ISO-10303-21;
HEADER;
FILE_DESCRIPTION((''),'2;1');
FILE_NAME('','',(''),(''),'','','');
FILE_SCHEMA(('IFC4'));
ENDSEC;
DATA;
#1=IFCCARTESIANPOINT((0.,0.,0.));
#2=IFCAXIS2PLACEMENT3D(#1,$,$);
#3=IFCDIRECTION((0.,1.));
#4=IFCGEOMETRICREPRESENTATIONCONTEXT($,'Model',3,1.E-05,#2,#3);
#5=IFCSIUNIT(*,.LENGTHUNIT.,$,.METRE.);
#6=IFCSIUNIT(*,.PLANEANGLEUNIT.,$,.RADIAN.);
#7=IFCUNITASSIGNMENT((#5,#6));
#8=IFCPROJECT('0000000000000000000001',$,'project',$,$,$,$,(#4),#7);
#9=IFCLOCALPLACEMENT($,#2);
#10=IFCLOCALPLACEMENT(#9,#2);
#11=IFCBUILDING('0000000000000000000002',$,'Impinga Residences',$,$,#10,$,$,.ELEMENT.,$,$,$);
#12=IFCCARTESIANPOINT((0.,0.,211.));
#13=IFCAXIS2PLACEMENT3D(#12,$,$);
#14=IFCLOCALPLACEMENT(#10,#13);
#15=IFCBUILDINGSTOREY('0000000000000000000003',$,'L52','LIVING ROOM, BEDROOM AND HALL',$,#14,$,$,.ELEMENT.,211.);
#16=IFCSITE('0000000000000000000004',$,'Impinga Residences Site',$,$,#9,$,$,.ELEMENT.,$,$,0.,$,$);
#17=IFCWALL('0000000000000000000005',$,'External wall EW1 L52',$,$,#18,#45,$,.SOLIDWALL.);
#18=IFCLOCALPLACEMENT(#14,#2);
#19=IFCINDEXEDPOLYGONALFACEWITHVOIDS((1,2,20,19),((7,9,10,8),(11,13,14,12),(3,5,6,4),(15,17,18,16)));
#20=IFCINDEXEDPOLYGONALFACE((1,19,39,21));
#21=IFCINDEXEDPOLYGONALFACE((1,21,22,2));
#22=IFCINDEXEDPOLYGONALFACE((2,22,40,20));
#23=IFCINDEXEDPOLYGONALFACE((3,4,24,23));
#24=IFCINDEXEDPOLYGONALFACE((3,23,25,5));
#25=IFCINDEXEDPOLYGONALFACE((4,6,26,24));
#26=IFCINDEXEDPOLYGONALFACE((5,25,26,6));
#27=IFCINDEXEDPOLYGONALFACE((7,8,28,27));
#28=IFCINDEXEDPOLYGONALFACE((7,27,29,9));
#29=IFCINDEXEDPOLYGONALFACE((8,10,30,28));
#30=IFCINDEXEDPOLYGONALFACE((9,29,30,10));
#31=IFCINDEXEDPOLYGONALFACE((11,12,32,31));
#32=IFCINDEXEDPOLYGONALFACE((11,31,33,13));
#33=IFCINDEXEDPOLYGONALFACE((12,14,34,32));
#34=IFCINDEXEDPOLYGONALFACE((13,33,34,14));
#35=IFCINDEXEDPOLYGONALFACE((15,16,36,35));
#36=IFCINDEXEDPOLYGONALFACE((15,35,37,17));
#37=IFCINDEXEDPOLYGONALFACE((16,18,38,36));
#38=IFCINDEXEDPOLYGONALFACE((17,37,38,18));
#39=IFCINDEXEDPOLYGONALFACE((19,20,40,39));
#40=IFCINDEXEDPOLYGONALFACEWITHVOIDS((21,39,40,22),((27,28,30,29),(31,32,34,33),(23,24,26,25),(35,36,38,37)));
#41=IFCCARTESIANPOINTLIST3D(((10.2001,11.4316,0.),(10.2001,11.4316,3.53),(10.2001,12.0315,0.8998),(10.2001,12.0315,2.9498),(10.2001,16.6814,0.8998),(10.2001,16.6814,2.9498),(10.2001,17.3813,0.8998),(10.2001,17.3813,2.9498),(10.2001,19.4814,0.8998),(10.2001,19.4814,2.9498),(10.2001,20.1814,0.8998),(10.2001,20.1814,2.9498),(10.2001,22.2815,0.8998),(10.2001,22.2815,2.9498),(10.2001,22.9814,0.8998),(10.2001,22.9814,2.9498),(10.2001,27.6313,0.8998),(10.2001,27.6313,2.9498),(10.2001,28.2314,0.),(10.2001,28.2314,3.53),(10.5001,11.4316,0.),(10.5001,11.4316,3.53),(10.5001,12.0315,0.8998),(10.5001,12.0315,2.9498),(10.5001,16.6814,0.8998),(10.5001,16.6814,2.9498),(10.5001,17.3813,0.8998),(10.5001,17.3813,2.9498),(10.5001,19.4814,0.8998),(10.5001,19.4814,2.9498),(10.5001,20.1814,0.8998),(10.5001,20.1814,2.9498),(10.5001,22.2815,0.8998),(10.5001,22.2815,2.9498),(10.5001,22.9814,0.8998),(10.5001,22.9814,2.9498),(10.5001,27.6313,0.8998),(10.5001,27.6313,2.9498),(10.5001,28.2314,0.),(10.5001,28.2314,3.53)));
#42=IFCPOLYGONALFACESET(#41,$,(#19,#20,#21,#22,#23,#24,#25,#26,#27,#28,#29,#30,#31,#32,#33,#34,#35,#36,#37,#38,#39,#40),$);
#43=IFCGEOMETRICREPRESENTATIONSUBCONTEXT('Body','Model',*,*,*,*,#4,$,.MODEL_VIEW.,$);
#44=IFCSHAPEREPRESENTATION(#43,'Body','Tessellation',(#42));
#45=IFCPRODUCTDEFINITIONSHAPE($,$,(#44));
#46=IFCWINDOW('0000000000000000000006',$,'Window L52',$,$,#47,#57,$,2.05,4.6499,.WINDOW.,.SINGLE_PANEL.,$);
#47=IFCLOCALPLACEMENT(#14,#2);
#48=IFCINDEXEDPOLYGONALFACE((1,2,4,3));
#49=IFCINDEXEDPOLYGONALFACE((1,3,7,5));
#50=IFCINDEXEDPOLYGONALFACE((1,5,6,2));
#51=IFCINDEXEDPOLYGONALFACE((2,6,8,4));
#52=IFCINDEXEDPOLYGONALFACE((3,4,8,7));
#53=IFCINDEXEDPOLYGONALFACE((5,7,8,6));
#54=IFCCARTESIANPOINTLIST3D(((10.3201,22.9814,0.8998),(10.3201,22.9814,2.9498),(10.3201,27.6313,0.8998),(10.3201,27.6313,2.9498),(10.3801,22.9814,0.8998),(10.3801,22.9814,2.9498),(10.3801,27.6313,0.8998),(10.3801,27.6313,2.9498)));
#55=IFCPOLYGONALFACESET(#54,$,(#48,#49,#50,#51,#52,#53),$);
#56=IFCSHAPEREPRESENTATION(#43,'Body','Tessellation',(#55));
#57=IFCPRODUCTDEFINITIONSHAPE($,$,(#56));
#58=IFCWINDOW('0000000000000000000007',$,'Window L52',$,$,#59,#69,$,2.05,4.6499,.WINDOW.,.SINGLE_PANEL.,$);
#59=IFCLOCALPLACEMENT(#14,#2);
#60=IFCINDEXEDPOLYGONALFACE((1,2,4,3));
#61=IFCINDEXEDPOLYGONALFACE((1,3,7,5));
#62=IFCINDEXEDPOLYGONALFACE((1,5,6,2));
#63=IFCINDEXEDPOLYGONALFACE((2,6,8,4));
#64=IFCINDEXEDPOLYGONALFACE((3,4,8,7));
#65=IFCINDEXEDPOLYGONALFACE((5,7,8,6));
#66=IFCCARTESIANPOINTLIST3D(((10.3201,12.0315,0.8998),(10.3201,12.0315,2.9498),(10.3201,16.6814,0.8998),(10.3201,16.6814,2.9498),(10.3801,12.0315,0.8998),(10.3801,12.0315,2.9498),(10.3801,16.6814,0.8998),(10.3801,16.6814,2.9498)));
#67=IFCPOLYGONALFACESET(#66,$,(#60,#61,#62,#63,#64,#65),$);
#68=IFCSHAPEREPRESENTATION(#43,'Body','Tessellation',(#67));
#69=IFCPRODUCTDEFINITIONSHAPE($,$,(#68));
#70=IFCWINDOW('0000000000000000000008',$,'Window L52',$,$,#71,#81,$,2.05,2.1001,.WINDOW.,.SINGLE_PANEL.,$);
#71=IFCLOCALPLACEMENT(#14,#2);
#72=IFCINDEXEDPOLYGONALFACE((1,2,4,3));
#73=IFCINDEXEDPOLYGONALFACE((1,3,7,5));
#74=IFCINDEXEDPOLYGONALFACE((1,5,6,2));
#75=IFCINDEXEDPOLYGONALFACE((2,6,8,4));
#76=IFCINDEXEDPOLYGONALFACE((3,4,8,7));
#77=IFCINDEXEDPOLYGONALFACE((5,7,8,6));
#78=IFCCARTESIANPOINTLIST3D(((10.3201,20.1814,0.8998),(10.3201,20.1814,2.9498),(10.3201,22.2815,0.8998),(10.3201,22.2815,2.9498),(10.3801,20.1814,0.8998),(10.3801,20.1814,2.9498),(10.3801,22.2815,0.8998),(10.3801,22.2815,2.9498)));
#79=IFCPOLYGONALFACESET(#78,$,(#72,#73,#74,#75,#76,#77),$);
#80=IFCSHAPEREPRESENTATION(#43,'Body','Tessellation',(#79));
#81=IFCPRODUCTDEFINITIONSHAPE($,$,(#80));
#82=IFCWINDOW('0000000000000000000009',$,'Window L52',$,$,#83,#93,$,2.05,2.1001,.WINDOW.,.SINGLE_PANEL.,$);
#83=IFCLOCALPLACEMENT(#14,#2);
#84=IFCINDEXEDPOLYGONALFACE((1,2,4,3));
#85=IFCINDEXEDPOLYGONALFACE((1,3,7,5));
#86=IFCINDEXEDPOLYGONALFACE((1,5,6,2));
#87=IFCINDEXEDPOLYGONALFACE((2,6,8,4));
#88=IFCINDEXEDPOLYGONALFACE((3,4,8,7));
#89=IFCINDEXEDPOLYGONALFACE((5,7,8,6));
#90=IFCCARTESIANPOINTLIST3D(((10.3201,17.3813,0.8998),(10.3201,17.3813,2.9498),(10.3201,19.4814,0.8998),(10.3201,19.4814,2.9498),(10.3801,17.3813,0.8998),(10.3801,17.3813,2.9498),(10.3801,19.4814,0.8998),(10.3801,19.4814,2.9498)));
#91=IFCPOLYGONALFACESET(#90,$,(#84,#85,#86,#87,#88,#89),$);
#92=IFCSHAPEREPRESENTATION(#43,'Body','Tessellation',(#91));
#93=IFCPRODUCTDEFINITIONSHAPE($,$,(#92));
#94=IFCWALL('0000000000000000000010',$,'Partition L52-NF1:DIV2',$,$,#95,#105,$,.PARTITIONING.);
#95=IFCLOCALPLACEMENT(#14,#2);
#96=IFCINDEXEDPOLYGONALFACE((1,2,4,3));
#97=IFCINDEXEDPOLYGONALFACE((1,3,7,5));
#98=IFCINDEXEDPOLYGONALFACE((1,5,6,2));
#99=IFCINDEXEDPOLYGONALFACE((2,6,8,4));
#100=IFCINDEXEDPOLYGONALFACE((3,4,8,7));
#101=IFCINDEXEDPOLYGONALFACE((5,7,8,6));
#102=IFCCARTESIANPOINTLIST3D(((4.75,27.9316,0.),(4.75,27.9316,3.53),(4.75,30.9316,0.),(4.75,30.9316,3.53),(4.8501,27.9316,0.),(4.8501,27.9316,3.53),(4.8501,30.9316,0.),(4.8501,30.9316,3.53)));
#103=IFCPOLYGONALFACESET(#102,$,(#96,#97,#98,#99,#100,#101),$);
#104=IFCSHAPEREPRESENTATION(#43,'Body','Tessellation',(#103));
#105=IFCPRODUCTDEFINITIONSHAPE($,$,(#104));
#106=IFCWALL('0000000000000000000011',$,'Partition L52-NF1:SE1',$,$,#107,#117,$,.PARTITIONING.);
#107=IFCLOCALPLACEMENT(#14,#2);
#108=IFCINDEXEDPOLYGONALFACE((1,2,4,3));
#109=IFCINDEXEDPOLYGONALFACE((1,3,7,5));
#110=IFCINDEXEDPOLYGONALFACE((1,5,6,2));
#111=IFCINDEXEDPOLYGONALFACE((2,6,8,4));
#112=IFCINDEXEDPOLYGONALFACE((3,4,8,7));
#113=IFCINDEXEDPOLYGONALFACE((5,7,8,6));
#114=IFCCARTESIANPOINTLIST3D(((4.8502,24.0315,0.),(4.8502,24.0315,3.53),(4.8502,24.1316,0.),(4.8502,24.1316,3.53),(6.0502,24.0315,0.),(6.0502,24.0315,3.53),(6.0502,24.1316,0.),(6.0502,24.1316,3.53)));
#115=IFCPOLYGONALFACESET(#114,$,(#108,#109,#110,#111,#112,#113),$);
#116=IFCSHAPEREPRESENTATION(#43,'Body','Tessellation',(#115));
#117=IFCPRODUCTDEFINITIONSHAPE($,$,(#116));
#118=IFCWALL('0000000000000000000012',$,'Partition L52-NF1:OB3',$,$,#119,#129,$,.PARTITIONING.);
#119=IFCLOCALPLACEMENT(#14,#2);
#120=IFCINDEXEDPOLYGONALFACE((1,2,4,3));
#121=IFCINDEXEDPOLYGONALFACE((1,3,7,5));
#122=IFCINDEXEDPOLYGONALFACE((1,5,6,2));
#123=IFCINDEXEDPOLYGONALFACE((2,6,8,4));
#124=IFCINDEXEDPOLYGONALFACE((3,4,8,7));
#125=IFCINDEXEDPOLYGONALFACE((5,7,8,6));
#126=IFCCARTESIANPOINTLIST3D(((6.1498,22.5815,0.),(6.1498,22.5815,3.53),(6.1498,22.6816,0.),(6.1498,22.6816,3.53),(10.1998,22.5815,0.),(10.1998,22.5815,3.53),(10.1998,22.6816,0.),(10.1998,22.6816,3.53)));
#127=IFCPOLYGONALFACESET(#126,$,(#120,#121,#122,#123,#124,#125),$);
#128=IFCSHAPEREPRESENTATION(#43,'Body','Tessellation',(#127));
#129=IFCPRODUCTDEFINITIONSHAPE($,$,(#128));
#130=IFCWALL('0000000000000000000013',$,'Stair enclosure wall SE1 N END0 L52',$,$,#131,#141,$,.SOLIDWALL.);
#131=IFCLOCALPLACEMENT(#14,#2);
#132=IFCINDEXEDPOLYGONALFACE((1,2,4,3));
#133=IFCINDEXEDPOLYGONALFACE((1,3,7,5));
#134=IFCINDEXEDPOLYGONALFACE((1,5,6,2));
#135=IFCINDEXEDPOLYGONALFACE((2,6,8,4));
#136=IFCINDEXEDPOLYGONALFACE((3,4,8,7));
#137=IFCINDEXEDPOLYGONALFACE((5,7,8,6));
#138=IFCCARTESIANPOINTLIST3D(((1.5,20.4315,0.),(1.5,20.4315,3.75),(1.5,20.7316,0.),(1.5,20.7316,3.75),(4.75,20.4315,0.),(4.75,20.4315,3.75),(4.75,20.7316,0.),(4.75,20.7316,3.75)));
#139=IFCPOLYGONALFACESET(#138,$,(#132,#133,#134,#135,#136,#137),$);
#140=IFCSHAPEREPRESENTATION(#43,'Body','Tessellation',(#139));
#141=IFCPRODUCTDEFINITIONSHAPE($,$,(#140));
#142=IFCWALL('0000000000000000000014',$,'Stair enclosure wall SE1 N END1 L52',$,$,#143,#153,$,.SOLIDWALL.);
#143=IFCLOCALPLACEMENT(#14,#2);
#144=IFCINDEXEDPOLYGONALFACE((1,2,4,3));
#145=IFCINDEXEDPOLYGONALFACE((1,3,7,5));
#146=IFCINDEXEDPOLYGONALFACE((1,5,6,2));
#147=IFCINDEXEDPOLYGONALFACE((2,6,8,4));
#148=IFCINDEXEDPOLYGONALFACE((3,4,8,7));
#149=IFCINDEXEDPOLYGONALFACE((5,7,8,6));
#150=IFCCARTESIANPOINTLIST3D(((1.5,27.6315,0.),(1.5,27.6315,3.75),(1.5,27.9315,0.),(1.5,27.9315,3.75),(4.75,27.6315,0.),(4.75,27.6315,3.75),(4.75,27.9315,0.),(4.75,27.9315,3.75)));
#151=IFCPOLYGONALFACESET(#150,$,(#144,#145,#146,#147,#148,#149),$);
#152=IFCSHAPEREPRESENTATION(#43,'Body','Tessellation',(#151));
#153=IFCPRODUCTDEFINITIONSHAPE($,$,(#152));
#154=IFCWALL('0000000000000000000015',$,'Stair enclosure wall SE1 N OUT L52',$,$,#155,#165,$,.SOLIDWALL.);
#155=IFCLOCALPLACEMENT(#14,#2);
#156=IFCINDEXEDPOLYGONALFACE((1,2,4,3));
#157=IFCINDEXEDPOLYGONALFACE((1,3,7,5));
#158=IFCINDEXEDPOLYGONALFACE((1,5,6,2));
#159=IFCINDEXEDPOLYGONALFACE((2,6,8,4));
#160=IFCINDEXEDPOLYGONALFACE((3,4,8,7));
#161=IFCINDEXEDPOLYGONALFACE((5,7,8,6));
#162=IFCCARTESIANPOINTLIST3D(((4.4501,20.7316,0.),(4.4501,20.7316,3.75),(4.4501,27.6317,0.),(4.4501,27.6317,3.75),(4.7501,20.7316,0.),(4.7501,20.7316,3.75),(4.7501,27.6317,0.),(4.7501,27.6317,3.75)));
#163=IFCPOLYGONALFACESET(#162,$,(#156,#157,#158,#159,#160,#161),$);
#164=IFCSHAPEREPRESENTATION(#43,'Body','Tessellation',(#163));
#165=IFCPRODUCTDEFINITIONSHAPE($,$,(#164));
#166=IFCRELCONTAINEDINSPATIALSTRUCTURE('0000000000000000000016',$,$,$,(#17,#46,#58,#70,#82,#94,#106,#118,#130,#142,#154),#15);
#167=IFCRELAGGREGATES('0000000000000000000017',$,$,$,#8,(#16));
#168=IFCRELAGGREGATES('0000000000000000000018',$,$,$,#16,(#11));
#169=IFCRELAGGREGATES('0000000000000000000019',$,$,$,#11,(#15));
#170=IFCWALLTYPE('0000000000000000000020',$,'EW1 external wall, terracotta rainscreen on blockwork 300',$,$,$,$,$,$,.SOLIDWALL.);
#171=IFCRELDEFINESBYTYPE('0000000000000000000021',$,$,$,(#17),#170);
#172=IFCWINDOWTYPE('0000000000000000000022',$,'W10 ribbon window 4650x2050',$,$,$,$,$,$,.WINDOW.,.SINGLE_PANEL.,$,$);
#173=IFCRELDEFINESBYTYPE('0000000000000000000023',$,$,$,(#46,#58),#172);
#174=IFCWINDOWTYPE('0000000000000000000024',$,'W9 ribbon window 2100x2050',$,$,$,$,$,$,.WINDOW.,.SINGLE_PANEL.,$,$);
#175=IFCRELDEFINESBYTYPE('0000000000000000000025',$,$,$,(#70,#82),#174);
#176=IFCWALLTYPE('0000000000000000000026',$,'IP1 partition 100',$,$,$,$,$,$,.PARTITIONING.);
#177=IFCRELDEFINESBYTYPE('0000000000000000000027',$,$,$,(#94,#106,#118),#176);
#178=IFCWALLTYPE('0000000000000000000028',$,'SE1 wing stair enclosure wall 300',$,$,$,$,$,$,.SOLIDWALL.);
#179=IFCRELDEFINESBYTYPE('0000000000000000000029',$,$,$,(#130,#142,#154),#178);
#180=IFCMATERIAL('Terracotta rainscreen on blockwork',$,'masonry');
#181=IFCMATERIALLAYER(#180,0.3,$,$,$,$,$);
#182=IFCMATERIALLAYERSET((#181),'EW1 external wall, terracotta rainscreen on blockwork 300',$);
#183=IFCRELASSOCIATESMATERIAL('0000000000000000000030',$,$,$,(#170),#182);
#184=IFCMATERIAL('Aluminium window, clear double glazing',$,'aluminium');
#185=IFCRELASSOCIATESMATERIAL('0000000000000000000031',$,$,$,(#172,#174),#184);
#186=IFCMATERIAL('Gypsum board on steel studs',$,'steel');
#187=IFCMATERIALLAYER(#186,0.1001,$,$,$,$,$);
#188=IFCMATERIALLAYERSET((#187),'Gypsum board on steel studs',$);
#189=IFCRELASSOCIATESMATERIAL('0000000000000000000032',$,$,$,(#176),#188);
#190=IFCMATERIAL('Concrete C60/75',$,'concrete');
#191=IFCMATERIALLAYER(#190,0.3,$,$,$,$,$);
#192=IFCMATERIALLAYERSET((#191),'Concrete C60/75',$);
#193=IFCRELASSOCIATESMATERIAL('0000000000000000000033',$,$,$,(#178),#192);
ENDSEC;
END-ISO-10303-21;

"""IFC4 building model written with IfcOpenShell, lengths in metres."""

from ifc_helpers import new_model, si_unit, direction, frame, frame_2d, origin, place, context, subcontext, project, spatial, rectangle, extrude, material, layer, layer_set, type_object, element, fill, save


model = new_model("IFC4")

# Units and contexts
model_context = context("Model", 3, precision=1e-05, world=origin(), true_north=direction((0.0, 1.0)))
body_context = subcontext(model_context, "Body", "Model", "MODEL_VIEW")
ifc_project = project(units=[si_unit("LENGTHUNIT", "METRE"), si_unit("PLANEANGLEUNIT", "RADIAN")], contexts=[model_context])

# Site, building, storey
site_placement = place(None, origin())
site = spatial("IfcSite", under=ifc_project, at=site_placement, Name="Impinga Residences Site", CompositionType="ELEMENT", RefElevation=0.0)
building_placement = place(site_placement, origin())
building = spatial("IfcBuilding", under=site, at=building_placement, Name="Impinga Residences", CompositionType="ELEMENT")
storey_placement = place(building_placement, frame((0.0, 0.0, 211.0)))
storey = spatial("IfcBuildingStorey", under=building, at=storey_placement, Name="L52", Description="LIVING ROOM, BEDROOM AND HALL", CompositionType="ELEMENT", Elevation=211.0)

# Shared definitions
ifc_material_1 = material(Name="Concrete C60/75", Category="concrete")

# Shared definitions
ifc_material_2 = material(Name="Terracotta rainscreen on blockwork", Category="masonry")
ifc_layer_1 = layer(ifc_material_2, 0.3)
ifc_layer_set_1 = layer_set([ifc_layer_1], Name="EW1 external wall, terracotta rainscreen on blockwork 300")
wall_type_1 = type_object("IfcWallType", Name="EW1 external wall, terracotta rainscreen on blockwork 300", PredefinedType="SOLIDWALL", material=ifc_layer_set_1)

# Wall, openings, windows
wall_1_placement = place(storey_placement, frame((10.3501, 28.2314, 0.0), z_axis=(0.0, 0.0, 1.0), x_axis=(0.0, -1.0, 0.0)))
wall_1 = element("IfcWall", 1, at=wall_1_placement, inside=storey, type_object=wall_type_1, Name="External wall EW1 L52", PredefinedType="SOLIDWALL", context=body_context, shape_type="SweptSolid", body=[
    extrude(rectangle(XDim=16.7998, YDim=0.3, at=frame_2d((8.3999, 0.0))), origin(), (0.0, 0.0, 1.0), 3.53),
])
opening_1_placement = place(wall_1_placement, frame((0.6001, 0.0, 0.8999)))
opening_1 = element("IfcOpeningElement", 2, at=opening_1_placement, cuts=wall_1, PredefinedType="OPENING", context=body_context, shape_type="SweptSolid", body=[
    extrude(rectangle(XDim=4.6499, YDim=2.05, at=frame_2d((2.325, 1.0249))), frame((0.0, 0.1599, 0.0), z_axis=(0.0, -1.0, 0.0), x_axis=(1.0, 0.0, 0.0)), (0.0, 0.0, 1.0), 0.3201),
])
opening_2_placement = place(wall_1_placement, frame((5.95, 0.0, 0.8999)))
opening_2 = element("IfcOpeningElement", 3, at=opening_2_placement, cuts=wall_1, PredefinedType="OPENING", context=body_context, shape_type="SweptSolid", body=[
    extrude(rectangle(XDim=2.1001, YDim=2.05, at=frame_2d((1.05, 1.0249))), frame((0.0, 0.1599, 0.0), z_axis=(0.0, -1.0, 0.0), x_axis=(1.0, 0.0, 0.0)), (0.0, 0.0, 1.0), 0.3201),
])
opening_3_placement = place(wall_1_placement, frame((8.75, 0.0, 0.8999)))
opening_3 = element("IfcOpeningElement", 4, at=opening_3_placement, cuts=wall_1, PredefinedType="OPENING", context=body_context, shape_type="SweptSolid", body=[
    extrude(rectangle(XDim=2.1001, YDim=2.05, at=frame_2d((1.05, 1.0249))), frame((0.0, 0.1599, 0.0), z_axis=(0.0, -1.0, 0.0), x_axis=(1.0, 0.0, 0.0)), (0.0, 0.0, 1.0), 0.3201),
])
opening_4_placement = place(wall_1_placement, frame((11.55, 0.0, 0.8999)))
opening_4 = element("IfcOpeningElement", 5, at=opening_4_placement, cuts=wall_1, PredefinedType="OPENING", context=body_context, shape_type="SweptSolid", body=[
    extrude(rectangle(XDim=4.6499, YDim=2.05, at=frame_2d((2.325, 1.0249))), frame((0.0, 0.1599, 0.0), z_axis=(0.0, -1.0, 0.0), x_axis=(1.0, 0.0, 0.0)), (0.0, 0.0, 1.0), 0.3201),
])
ifc_material_3 = material(Name="Aluminium window, clear double glazing", Category="aluminium")
window_type_1 = type_object("IfcWindowType", Name="W10 ribbon window 4650x2050", PartitioningType="SINGLE_PANEL", PredefinedType="WINDOW", material=ifc_material_3)
window_1_placement = place(opening_1_placement, origin())
window_1 = element("IfcWindow", 6, at=window_1_placement, inside=storey, type_object=window_type_1, Name="Window L52", OverallHeight=2.05, OverallWidth=4.6499, PartitioningType="SINGLE_PANEL", PredefinedType="WINDOW", context=body_context, shape_type="SweptSolid", body=[
    extrude(rectangle(XDim=4.6499, YDim=2.05, at=frame_2d((2.325, 1.0249))), frame((0.0, 0.03, 0.0), z_axis=(0.0, -1.0, 0.0), x_axis=(1.0, 0.0, 0.0)), (0.0, 0.0, 1.0), 0.0601),
])
fill(opening_1, window_1)
window_2_placement = place(opening_4_placement, origin())
window_2 = element("IfcWindow", 7, at=window_2_placement, inside=storey, type_object=window_type_1, Name="Window L52", OverallHeight=2.05, OverallWidth=4.6499, PartitioningType="SINGLE_PANEL", PredefinedType="WINDOW", context=body_context, shape_type="SweptSolid", body=[
    extrude(rectangle(XDim=4.6499, YDim=2.05, at=frame_2d((2.325, 1.0249))), frame((0.0, 0.03, 0.0), z_axis=(0.0, -1.0, 0.0), x_axis=(1.0, 0.0, 0.0)), (0.0, 0.0, 1.0), 0.0601),
])
fill(opening_4, window_2)
window_type_2 = type_object("IfcWindowType", Name="W9 ribbon window 2100x2050", PartitioningType="SINGLE_PANEL", PredefinedType="WINDOW", material=ifc_material_3)
window_3_placement = place(opening_2_placement, origin())
window_3 = element("IfcWindow", 8, at=window_3_placement, inside=storey, type_object=window_type_2, Name="Window L52", OverallHeight=2.05, OverallWidth=2.1001, PartitioningType="SINGLE_PANEL", PredefinedType="WINDOW", context=body_context, shape_type="SweptSolid", body=[
    extrude(rectangle(XDim=2.1001, YDim=2.05, at=frame_2d((1.05, 1.0249))), frame((0.0, 0.03, 0.0), z_axis=(0.0, -1.0, 0.0), x_axis=(1.0, 0.0, 0.0)), (0.0, 0.0, 1.0), 0.0601),
])
fill(opening_2, window_3)
window_4_placement = place(opening_3_placement, origin())
window_4 = element("IfcWindow", 9, at=window_4_placement, inside=storey, type_object=window_type_2, Name="Window L52", OverallHeight=2.05, OverallWidth=2.1001, PartitioningType="SINGLE_PANEL", PredefinedType="WINDOW", context=body_context, shape_type="SweptSolid", body=[
    extrude(rectangle(XDim=2.1001, YDim=2.05, at=frame_2d((1.05, 1.0249))), frame((0.0, 0.03, 0.0), z_axis=(0.0, -1.0, 0.0), x_axis=(1.0, 0.0, 0.0)), (0.0, 0.0, 1.0), 0.0601),
])
fill(opening_3, window_4)

# Walls
ifc_material_4 = material(Name="Gypsum board on steel studs", Category="steel")
ifc_layer_2 = layer(ifc_material_4, 0.1001)
ifc_layer_set_2 = layer_set([ifc_layer_2], Name="Gypsum board on steel studs")
wall_type_2 = type_object("IfcWallType", Name="IP1 partition 100", PredefinedType="PARTITIONING", material=ifc_layer_set_2)
wall_2_placement = place(storey_placement, frame((4.8, 27.9316, 0.0), z_axis=(0.0, 0.0, 1.0), x_axis=(0.0, 1.0, 0.0)))
element("IfcWall", 10, at=wall_2_placement, inside=storey, type_object=wall_type_2, Name="Partition L52-NF1:DIV2", PredefinedType="PARTITIONING", context=body_context, shape_type="SweptSolid", body=[
    extrude(rectangle(XDim=3.0, YDim=0.1001, at=frame_2d((1.5, 0.0))), origin(), (0.0, 0.0, 1.0), 3.53),
])
wall_3_placement = place(storey_placement, frame((4.8501, 24.0815, 0.0), z_axis=(0.0, 0.0, 1.0), x_axis=(1.0, 0.0, 0.0)))
element("IfcWall", 11, at=wall_3_placement, inside=storey, type_object=wall_type_2, Name="Partition L52-NF1:SE1", PredefinedType="PARTITIONING", context=body_context, shape_type="SweptSolid", body=[
    extrude(rectangle(XDim=1.2, YDim=0.1001, at=frame_2d((0.6001, 0.0))), origin(), (0.0, 0.0, 1.0), 3.53),
])
wall_4_placement = place(storey_placement, frame((6.1499, 22.6316, 0.0), z_axis=(0.0, 0.0, 1.0), x_axis=(1.0, 0.0, 0.0)))
element("IfcWall", 12, at=wall_4_placement, inside=storey, type_object=wall_type_2, Name="Partition L52-NF1:OB3", PredefinedType="PARTITIONING", context=body_context, shape_type="SweptSolid", body=[
    extrude(rectangle(XDim=4.05, YDim=0.1001, at=frame_2d((2.0249, 0.0))), origin(), (0.0, 0.0, 1.0), 3.53),
])
ifc_layer_3 = layer(ifc_material_1, 0.3)
ifc_layer_set_3 = layer_set([ifc_layer_3], Name="Concrete C60/75")
wall_type_3 = type_object("IfcWallType", Name="SE1 wing stair enclosure wall 300", PredefinedType="SOLIDWALL", material=ifc_layer_set_3)
for number, where, z_axis, x_axis, name in (
    (13, (1.5, 20.5815, 0.0), (0.0, 0.0, 1.0), (1.0, 0.0, 0.0), "Stair enclosure wall SE1 N END0 L52"),
    (14, (1.5, 27.7815, 0.0), (0.0, 0.0, 1.0), (1.0, 0.0, 0.0), "Stair enclosure wall SE1 N END1 L52"),
):
    element("IfcWall", number, at=place(storey_placement, frame(where, z_axis=z_axis, x_axis=x_axis)), inside=storey, type_object=wall_type_3, Name=name, PredefinedType="SOLIDWALL", context=body_context, shape_type="SweptSolid", body=[
        extrude(rectangle(XDim=3.25, YDim=0.3, at=frame_2d((1.625, 0.0))), origin(), (0.0, 0.0, 1.0), 3.75),
    ])
wall_5_placement = place(storey_placement, frame((4.6001, 20.7314, 0.0), z_axis=(0.0, 0.0, 1.0), x_axis=(0.0, 1.0, 0.0)))
element("IfcWall", 15, at=wall_5_placement, inside=storey, type_object=wall_type_3, Name="Stair enclosure wall SE1 N OUT L52", PredefinedType="SOLIDWALL", context=body_context, shape_type="SweptSolid", body=[
    extrude(rectangle(XDim=6.9001, YDim=0.3, at=frame_2d((3.4502, 0.0))), origin(), (0.0, 0.0, 1.0), 3.75),
])

save(model, "model.ifc")
